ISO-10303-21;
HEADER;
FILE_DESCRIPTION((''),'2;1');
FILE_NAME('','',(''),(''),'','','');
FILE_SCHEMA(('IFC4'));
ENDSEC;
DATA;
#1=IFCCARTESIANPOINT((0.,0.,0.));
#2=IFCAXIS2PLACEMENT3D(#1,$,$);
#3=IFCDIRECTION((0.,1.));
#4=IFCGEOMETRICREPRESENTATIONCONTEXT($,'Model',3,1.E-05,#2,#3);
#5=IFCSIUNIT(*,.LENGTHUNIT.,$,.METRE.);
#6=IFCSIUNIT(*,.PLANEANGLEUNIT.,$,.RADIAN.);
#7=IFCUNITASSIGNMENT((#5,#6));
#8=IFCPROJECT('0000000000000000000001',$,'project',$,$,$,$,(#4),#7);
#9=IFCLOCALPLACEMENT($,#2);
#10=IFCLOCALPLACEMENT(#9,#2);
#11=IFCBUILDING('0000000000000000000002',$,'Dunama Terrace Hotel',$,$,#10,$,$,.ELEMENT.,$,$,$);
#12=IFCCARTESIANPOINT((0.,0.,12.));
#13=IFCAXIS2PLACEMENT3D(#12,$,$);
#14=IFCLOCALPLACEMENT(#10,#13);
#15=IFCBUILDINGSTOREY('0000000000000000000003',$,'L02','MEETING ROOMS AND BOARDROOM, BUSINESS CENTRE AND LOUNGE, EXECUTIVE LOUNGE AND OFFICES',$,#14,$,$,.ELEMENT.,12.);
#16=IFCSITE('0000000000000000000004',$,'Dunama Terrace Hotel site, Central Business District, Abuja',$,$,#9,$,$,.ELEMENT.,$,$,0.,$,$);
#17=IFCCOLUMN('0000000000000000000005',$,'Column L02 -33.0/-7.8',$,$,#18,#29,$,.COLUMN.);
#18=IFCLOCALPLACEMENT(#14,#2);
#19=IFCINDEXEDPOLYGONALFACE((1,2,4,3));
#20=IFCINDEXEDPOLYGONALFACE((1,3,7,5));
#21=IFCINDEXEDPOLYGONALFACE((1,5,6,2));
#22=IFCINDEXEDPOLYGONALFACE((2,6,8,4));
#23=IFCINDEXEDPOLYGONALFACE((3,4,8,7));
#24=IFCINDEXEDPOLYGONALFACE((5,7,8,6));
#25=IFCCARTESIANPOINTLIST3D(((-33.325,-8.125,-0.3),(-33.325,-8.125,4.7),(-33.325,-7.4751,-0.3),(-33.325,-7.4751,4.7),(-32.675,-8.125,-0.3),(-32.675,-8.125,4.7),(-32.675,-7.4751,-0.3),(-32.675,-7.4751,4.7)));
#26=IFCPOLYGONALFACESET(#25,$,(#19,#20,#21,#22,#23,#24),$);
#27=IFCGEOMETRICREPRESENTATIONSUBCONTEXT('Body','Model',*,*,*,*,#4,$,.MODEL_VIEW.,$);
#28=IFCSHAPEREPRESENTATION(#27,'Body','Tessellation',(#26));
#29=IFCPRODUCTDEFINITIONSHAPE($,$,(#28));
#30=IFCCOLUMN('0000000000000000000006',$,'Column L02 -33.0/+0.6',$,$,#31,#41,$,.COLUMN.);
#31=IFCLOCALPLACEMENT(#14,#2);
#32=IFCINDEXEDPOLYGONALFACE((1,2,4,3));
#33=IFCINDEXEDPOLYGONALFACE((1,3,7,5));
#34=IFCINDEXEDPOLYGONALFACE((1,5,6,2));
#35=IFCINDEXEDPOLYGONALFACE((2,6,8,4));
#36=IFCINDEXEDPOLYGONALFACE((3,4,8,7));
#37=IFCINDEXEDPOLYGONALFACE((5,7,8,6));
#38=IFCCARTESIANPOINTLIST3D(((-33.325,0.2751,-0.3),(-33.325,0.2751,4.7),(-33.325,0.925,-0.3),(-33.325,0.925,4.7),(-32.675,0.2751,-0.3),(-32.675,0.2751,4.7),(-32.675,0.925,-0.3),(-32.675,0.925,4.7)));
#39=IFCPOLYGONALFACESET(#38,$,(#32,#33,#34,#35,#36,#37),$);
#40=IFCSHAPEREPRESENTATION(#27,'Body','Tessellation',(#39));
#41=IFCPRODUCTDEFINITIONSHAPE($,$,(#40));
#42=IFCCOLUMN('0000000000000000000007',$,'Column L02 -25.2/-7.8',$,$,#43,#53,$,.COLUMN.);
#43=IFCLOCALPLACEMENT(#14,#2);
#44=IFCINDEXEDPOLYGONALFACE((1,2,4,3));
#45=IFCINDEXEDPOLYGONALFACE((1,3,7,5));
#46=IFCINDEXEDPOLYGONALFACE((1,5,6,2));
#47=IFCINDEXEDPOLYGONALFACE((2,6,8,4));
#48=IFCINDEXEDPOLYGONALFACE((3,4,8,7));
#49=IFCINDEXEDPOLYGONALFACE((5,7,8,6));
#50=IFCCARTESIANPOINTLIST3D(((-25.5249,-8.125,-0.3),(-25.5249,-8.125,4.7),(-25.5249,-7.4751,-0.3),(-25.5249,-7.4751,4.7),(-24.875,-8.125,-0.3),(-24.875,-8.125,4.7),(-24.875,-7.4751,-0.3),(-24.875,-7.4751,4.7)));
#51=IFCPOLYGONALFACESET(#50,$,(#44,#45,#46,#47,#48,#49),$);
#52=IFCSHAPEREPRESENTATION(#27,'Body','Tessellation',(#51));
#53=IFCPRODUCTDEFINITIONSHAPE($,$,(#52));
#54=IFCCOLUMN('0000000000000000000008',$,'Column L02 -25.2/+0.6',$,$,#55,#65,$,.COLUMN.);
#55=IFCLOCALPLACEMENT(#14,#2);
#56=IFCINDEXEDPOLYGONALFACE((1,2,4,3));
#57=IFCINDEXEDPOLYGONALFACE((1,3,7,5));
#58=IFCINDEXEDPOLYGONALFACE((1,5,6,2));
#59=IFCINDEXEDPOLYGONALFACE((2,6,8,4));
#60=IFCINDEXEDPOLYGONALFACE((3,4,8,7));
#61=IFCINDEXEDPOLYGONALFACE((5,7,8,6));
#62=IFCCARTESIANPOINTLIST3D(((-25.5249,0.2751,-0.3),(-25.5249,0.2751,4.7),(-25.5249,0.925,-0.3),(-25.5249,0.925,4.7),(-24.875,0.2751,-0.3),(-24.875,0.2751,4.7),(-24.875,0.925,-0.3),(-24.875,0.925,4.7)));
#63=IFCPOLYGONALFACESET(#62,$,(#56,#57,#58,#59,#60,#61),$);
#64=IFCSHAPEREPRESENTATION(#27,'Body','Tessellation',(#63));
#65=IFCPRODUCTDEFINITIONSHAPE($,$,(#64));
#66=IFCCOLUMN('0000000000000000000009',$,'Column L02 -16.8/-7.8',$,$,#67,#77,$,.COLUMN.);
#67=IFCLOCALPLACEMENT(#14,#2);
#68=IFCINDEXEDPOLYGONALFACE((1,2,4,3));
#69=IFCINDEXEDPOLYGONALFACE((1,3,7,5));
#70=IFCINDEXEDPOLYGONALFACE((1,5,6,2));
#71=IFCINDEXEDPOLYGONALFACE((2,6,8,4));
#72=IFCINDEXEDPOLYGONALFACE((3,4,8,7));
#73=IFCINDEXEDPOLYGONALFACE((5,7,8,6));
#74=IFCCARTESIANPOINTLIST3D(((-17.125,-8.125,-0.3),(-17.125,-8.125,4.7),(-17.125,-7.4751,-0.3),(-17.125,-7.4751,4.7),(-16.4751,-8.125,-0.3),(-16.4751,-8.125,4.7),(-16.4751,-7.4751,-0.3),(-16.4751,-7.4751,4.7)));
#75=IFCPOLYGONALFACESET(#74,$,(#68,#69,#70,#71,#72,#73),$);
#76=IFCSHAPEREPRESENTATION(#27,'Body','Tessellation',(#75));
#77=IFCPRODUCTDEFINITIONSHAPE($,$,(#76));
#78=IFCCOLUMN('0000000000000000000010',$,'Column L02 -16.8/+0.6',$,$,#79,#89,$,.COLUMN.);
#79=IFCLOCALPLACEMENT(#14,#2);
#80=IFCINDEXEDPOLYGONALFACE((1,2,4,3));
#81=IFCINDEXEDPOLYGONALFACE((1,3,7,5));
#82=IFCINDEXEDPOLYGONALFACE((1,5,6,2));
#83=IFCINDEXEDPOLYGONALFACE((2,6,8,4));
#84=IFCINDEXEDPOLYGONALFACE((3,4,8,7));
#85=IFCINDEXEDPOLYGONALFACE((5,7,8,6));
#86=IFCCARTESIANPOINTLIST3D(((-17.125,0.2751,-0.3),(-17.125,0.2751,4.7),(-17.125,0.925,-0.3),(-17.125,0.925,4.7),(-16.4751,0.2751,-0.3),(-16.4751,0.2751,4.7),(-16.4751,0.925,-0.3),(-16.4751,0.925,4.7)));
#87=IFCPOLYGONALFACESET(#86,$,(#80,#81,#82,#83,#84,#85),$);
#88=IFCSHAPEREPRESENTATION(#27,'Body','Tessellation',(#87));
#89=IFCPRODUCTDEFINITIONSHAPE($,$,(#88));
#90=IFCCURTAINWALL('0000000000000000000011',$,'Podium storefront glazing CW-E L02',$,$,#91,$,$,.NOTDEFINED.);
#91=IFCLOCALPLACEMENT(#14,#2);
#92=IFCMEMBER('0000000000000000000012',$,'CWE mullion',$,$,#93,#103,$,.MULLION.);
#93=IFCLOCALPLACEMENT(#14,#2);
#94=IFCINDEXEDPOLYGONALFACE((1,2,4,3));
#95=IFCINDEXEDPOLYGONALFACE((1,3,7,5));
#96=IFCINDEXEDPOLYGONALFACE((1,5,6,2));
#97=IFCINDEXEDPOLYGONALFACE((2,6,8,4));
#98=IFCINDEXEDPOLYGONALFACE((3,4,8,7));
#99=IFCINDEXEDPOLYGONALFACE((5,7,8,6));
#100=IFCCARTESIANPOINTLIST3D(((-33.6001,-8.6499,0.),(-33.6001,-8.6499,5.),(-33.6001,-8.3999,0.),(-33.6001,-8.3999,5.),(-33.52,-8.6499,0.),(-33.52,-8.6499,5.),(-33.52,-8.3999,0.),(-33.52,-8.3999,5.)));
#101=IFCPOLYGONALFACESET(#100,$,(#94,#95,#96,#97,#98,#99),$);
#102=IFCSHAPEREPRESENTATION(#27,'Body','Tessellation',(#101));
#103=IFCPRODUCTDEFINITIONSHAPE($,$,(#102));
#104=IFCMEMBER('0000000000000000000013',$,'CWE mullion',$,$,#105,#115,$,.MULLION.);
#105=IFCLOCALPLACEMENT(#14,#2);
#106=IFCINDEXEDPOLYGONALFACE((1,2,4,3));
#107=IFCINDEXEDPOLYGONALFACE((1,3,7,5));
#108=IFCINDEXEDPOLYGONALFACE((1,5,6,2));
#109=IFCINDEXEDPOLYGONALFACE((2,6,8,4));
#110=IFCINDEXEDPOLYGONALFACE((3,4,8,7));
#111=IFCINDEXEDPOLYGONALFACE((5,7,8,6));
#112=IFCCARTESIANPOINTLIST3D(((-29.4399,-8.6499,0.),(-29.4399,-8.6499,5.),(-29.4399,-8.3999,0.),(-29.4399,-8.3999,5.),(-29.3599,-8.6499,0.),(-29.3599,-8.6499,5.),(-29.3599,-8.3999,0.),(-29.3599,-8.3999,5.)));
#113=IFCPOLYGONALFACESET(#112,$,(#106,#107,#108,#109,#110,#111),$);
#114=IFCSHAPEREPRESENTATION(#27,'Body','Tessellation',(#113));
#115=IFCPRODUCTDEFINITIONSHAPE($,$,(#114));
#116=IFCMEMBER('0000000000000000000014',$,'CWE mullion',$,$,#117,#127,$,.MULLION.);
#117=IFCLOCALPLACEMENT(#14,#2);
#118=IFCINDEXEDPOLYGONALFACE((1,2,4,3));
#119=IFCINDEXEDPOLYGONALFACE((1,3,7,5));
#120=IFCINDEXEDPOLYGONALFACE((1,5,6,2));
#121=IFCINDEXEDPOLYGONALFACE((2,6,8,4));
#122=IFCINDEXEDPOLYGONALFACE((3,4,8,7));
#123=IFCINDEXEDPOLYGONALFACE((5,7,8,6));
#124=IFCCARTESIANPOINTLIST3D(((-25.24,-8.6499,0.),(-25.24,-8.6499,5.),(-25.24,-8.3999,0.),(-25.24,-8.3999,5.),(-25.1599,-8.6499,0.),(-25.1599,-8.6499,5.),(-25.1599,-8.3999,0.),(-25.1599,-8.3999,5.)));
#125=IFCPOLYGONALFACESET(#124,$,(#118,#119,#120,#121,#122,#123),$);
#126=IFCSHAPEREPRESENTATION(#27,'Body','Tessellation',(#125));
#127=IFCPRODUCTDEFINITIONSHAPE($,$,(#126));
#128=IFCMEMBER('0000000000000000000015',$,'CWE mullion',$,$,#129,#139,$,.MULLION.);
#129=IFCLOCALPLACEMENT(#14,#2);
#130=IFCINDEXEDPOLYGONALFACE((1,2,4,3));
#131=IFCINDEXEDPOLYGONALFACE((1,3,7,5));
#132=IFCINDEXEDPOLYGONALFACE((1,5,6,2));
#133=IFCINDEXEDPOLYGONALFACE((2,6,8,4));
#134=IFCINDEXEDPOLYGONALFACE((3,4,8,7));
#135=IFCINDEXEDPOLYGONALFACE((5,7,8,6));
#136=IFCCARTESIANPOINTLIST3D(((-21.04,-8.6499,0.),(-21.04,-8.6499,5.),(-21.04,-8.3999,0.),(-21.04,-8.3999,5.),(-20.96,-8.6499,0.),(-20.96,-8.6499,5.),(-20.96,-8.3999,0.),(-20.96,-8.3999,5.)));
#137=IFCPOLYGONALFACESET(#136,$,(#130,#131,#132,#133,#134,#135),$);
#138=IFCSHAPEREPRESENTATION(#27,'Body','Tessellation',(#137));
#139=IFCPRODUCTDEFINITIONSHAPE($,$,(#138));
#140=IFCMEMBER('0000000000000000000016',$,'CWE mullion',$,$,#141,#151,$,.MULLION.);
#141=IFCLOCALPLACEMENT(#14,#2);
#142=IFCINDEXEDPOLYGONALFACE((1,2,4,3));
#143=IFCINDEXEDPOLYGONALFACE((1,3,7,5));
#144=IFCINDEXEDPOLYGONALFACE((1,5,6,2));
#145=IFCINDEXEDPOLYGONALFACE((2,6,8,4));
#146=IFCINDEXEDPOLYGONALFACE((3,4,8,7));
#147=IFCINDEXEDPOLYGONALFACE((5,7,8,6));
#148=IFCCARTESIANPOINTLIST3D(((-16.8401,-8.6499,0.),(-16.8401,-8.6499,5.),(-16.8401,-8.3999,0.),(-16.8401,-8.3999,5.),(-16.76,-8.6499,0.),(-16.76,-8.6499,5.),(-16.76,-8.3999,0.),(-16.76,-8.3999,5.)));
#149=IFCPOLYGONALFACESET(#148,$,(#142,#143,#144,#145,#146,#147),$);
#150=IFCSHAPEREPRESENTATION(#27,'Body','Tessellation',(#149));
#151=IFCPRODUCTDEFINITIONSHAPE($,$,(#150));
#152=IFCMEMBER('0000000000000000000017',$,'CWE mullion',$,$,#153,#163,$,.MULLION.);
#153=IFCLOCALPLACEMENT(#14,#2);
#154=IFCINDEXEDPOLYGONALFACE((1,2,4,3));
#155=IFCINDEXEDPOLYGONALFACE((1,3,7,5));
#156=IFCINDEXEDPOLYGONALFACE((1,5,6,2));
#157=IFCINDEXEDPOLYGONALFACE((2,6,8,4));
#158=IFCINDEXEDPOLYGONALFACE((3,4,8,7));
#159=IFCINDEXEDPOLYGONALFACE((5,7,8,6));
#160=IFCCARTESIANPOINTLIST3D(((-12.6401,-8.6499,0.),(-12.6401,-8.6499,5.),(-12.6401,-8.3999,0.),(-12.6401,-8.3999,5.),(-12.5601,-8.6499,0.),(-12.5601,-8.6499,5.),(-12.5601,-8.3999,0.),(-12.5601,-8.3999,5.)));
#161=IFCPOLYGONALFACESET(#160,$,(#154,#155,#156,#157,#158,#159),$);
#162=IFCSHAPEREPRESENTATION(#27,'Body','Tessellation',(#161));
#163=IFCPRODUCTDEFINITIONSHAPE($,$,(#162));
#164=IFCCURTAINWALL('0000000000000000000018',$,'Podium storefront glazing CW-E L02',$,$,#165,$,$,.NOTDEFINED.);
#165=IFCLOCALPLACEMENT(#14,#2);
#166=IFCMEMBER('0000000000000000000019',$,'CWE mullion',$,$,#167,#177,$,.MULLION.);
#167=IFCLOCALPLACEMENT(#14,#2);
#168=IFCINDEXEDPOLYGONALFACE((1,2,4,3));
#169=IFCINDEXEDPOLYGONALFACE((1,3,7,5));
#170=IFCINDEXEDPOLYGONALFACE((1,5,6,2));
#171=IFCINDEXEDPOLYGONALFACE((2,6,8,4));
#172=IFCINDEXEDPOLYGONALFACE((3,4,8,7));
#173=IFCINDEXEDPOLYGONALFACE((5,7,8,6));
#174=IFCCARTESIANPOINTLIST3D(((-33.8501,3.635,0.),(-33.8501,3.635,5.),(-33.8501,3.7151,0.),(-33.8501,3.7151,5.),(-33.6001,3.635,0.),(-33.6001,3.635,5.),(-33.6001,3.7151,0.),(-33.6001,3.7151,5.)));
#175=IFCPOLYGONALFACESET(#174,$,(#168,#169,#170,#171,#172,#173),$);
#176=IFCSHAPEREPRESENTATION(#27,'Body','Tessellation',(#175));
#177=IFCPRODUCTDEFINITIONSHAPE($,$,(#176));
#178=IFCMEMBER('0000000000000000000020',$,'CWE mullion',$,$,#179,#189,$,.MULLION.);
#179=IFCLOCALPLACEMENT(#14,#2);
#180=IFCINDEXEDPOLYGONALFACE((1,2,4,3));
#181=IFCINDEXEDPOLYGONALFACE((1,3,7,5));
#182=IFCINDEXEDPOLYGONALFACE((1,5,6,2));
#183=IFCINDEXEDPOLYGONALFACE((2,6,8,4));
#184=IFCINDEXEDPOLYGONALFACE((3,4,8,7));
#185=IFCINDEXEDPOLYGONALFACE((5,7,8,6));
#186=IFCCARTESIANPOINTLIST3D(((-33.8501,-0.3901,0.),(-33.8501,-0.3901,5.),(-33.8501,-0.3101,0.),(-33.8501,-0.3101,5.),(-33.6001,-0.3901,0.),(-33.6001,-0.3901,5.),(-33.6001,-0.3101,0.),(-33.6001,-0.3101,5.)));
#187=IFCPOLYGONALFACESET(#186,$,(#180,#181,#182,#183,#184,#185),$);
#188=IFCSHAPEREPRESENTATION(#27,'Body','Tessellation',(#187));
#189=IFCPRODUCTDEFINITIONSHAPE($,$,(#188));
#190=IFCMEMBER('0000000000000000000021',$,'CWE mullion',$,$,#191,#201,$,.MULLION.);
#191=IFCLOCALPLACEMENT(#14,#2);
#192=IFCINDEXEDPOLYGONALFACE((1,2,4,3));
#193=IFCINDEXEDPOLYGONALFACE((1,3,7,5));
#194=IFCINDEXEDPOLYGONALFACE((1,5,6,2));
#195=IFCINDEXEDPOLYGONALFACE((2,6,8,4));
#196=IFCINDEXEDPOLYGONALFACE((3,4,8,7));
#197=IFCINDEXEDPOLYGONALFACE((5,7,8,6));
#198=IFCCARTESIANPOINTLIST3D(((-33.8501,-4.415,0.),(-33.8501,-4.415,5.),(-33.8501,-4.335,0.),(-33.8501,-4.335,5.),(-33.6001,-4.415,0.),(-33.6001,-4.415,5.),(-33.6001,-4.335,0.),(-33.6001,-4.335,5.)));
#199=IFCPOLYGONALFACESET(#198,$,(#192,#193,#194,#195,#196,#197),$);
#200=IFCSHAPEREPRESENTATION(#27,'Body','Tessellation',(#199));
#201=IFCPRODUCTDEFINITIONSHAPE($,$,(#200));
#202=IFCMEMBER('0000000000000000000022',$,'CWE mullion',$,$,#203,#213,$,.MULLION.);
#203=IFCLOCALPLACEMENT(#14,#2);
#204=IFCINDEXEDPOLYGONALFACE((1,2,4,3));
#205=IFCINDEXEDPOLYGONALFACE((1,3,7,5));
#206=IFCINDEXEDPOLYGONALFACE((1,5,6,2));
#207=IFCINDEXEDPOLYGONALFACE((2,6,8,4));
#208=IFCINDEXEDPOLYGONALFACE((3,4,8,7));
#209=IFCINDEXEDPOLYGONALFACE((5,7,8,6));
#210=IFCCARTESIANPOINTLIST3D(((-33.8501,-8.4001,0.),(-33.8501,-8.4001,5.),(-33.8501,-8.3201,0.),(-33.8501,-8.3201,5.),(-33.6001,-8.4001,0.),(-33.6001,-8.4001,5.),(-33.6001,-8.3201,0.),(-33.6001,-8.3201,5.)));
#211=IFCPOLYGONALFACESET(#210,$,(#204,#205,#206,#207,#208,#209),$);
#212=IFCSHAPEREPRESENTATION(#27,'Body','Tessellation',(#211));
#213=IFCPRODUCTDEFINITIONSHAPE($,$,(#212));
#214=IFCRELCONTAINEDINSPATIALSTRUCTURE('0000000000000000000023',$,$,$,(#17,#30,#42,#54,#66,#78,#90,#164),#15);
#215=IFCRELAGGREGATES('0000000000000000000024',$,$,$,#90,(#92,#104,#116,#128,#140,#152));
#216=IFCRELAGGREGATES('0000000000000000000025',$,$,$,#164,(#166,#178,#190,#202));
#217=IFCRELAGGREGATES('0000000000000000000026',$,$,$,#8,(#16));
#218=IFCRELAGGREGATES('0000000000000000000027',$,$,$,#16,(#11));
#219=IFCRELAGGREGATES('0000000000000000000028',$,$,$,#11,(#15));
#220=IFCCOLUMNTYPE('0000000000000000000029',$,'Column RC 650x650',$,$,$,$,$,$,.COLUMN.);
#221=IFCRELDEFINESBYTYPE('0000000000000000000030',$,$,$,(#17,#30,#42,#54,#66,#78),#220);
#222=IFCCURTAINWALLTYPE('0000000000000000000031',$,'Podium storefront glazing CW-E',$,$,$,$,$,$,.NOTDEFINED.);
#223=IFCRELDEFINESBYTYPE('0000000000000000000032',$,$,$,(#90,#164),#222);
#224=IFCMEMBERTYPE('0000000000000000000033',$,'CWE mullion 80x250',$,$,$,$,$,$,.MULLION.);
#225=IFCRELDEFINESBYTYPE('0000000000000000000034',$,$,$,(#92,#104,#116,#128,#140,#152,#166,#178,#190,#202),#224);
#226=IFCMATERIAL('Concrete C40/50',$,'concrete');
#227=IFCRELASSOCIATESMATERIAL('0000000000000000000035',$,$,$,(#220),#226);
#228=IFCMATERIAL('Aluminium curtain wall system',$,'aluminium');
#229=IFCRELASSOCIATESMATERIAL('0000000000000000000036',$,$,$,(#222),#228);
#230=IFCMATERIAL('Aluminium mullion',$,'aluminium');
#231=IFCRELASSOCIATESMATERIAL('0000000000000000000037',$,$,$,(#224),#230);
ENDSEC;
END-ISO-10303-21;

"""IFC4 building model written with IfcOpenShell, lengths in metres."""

from ifc_helpers import new_model, si_unit, direction, frame, origin, origin_2d, place, context, subcontext, project, spatial, rectangle, extrude, material, material_profile, profile_set, type_object, element, aggregate, save


model = new_model("IFC4")

# Units and contexts
model_context = context("Model", 3, precision=1e-05, world=origin(), true_north=direction((0.0, 1.0)))
body_context = subcontext(model_context, "Body", "Model", "MODEL_VIEW")
ifc_project = project(units=[si_unit("LENGTHUNIT", "METRE"), si_unit("PLANEANGLEUNIT", "RADIAN")], contexts=[model_context])

# Site, building, storey
site_placement = place(None, origin())
site = spatial("IfcSite", under=ifc_project, at=site_placement, Name="Dunama Terrace Hotel site, Central Business District, Abuja", CompositionType="ELEMENT", RefElevation=0.0)
building_placement = place(site_placement, origin())
building = spatial("IfcBuilding", under=site, at=building_placement, Name="Dunama Terrace Hotel", CompositionType="ELEMENT")
storey_placement = place(building_placement, frame((0.0, 0.0, 12.0)))
storey = spatial("IfcBuildingStorey", under=building, at=storey_placement, Name="L02", Description="MEETING ROOMS AND BOARDROOM, BUSINESS CENTRE AND LOUNGE, EXECUTIVE LOUNGE AND OFFICES", CompositionType="ELEMENT", Elevation=12.0)

# Columns
ifc_material_1 = material(Name="Concrete C40/50", Category="concrete")
ifc_material_profile_1 = material_profile(ifc_material_1, rectangle(XDim=0.6499, YDim=0.6499, at=origin_2d()), Name="RC 650x650")
ifc_profile_set_1 = profile_set([ifc_material_profile_1], Name="Concrete C40/50")
column_type = type_object("IfcColumnType", Name="Column RC 650x650", PredefinedType="COLUMN", material=ifc_profile_set_1)
for number, where, z_axis, x_axis, name in (
    (1, (-33.0, -7.8, -0.3), (0.0, 0.0, 1.0), (1.0, 0.0, 0.0), "Column L02 -33.0/-7.8"),
    (2, (-33.0, 0.6001, -0.3), (0.0, 0.0, 1.0), (1.0, 0.0, 0.0), "Column L02 -33.0/+0.6"),
    (3, (-25.2, -7.8, -0.3), (0.0, 0.0, 1.0), (1.0, 0.0, 0.0), "Column L02 -25.2/-7.8"),
    (4, (-25.2, 0.6001, -0.3), (0.0, 0.0, 1.0), (1.0, 0.0, 0.0), "Column L02 -25.2/+0.6"),
    (5, (-16.8, -7.8, -0.3), (0.0, 0.0, 1.0), (1.0, 0.0, 0.0), "Column L02 -16.8/-7.8"),
    (6, (-16.8, 0.6001, -0.3), (0.0, 0.0, 1.0), (1.0, 0.0, 0.0), "Column L02 -16.8/+0.6"),
):
    element("IfcColumn", number, at=place(storey_placement, frame(where, z_axis=z_axis, x_axis=x_axis)), inside=storey, type_object=column_type, Name=name, PredefinedType="COLUMN", context=body_context, shape_type="SweptSolid", body=[
        extrude(rectangle(XDim=0.6499, YDim=0.6499, at=origin_2d()), origin(), (0.0, 0.0, 1.0), 5.0),
    ])

# Curtain walls, members
ifc_material_2 = material(Name="Aluminium curtain wall system", Category="aluminium")
curtain_wall_type = type_object("IfcCurtainWallType", Name="Podium storefront glazing CW-E", PredefinedType="NOTDEFINED", material=ifc_material_2)
curtain_wall_1_placement = place(storey_placement, origin())
curtain_wall_1 = element("IfcCurtainWall", 7, at=curtain_wall_1_placement, inside=storey, type_object=curtain_wall_type, Name="Podium storefront glazing CW-E L02", PredefinedType="NOTDEFINED")
ifc_material_3 = material(Name="Aluminium mullion", Category="aluminium")
ifc_material_profile_2 = material_profile(ifc_material_3, rectangle(XDim=0.0801, YDim=0.25, at=origin_2d()), Name="CWE MULLION 80X250")
ifc_profile_set_2 = profile_set([ifc_material_profile_2], Name="Aluminium mullion")
member_type_1 = type_object("IfcMemberType", Name="CWE mullion 80x250", PredefinedType="MULLION", material=ifc_profile_set_2)
member_1_placement = place(storey_placement, frame((-33.5601, -8.5249, 0.0), z_axis=(0.0, 0.0, 1.0), x_axis=(1.0, 0.0, 0.0)))
member_1 = element("IfcMember", 8, at=member_1_placement, type_object=member_type_1, Name="CWE mullion", PredefinedType="MULLION", context=body_context, shape_type="SweptSolid", body=[
    extrude(rectangle(XDim=0.0801, YDim=0.25, at=origin_2d()), origin(), (0.0, 0.0, 1.0), 5.0),
])
member_2_placement = place(storey_placement, frame((-29.3999, -8.5249, 0.0), z_axis=(0.0, 0.0, 1.0), x_axis=(1.0, 0.0, 0.0)))
member_2 = element("IfcMember", 9, at=member_2_placement, type_object=member_type_1, Name="CWE mullion", PredefinedType="MULLION", context=body_context, shape_type="SweptSolid", body=[
    extrude(rectangle(XDim=0.0801, YDim=0.25, at=origin_2d()), origin(), (0.0, 0.0, 1.0), 5.0),
])
member_3_placement = place(storey_placement, frame((-25.2, -8.5249, 0.0), z_axis=(0.0, 0.0, 1.0), x_axis=(1.0, 0.0, 0.0)))
member_3 = element("IfcMember", 10, at=member_3_placement, type_object=member_type_1, Name="CWE mullion", PredefinedType="MULLION", context=body_context, shape_type="SweptSolid", body=[
    extrude(rectangle(XDim=0.0801, YDim=0.25, at=origin_2d()), origin(), (0.0, 0.0, 1.0), 5.0),
])
member_4_placement = place(storey_placement, frame((-21.0, -8.5249, 0.0), z_axis=(0.0, 0.0, 1.0), x_axis=(1.0, 0.0, 0.0)))
member_4 = element("IfcMember", 11, at=member_4_placement, type_object=member_type_1, Name="CWE mullion", PredefinedType="MULLION", context=body_context, shape_type="SweptSolid", body=[
    extrude(rectangle(XDim=0.0801, YDim=0.25, at=origin_2d()), origin(), (0.0, 0.0, 1.0), 5.0),
])
member_5_placement = place(storey_placement, frame((-16.8, -8.5249, 0.0), z_axis=(0.0, 0.0, 1.0), x_axis=(1.0, 0.0, 0.0)))
member_5 = element("IfcMember", 12, at=member_5_placement, type_object=member_type_1, Name="CWE mullion", PredefinedType="MULLION", context=body_context, shape_type="SweptSolid", body=[
    extrude(rectangle(XDim=0.0801, YDim=0.25, at=origin_2d()), origin(), (0.0, 0.0, 1.0), 5.0),
])
member_6_placement = place(storey_placement, frame((-12.6001, -8.5249, 0.0), z_axis=(0.0, 0.0, 1.0), x_axis=(1.0, 0.0, 0.0)))
member_6 = element("IfcMember", 13, at=member_6_placement, type_object=member_type_1, Name="CWE mullion", PredefinedType="MULLION", context=body_context, shape_type="SweptSolid", body=[
    extrude(rectangle(XDim=0.0801, YDim=0.25, at=origin_2d()), origin(), (0.0, 0.0, 1.0), 5.0),
])
curtain_wall_2_placement = place(storey_placement, origin())
curtain_wall_2 = element("IfcCurtainWall", 14, at=curtain_wall_2_placement, inside=storey, type_object=curtain_wall_type, Name="Podium storefront glazing CW-E L02", PredefinedType="NOTDEFINED")
member_7_placement = place(storey_placement, frame((-33.7251, 3.675, 0.0), z_axis=(0.0, 0.0, 1.0), x_axis=(0.0, -1.0, 0.0)))
member_7 = element("IfcMember", 15, at=member_7_placement, type_object=member_type_1, Name="CWE mullion", PredefinedType="MULLION", context=body_context, shape_type="SweptSolid", body=[
    extrude(rectangle(XDim=0.0801, YDim=0.25, at=origin_2d()), origin(), (0.0, 0.0, 1.0), 5.0),
])
member_8_placement = place(storey_placement, frame((-33.7251, -0.3501, 0.0), z_axis=(0.0, 0.0, 1.0), x_axis=(0.0, -1.0, 0.0)))
member_8 = element("IfcMember", 16, at=member_8_placement, type_object=member_type_1, Name="CWE mullion", PredefinedType="MULLION", context=body_context, shape_type="SweptSolid", body=[
    extrude(rectangle(XDim=0.0801, YDim=0.25, at=origin_2d()), origin(), (0.0, 0.0, 1.0), 5.0),
])
member_9_placement = place(storey_placement, frame((-33.7251, -4.375, 0.0), z_axis=(0.0, 0.0, 1.0), x_axis=(0.0, -1.0, 0.0)))
member_9 = element("IfcMember", 17, at=member_9_placement, type_object=member_type_1, Name="CWE mullion", PredefinedType="MULLION", context=body_context, shape_type="SweptSolid", body=[
    extrude(rectangle(XDim=0.0801, YDim=0.25, at=origin_2d()), origin(), (0.0, 0.0, 1.0), 5.0),
])
member_10_placement = place(storey_placement, frame((-33.7251, -8.3601, 0.0), z_axis=(0.0, 0.0, 1.0), x_axis=(0.0, -1.0, 0.0)))
member_10 = element("IfcMember", 18, at=member_10_placement, type_object=member_type_1, Name="CWE mullion", PredefinedType="MULLION", context=body_context, shape_type="SweptSolid", body=[
    extrude(rectangle(XDim=0.0801, YDim=0.25, at=origin_2d()), origin(), (0.0, 0.0, 1.0), 5.0),
])

aggregate(curtain_wall_1, [member_1, member_2, member_3, member_4, member_5, member_6])
aggregate(curtain_wall_2, [member_7, member_8, member_9, member_10])

save(model, "model.ifc")
